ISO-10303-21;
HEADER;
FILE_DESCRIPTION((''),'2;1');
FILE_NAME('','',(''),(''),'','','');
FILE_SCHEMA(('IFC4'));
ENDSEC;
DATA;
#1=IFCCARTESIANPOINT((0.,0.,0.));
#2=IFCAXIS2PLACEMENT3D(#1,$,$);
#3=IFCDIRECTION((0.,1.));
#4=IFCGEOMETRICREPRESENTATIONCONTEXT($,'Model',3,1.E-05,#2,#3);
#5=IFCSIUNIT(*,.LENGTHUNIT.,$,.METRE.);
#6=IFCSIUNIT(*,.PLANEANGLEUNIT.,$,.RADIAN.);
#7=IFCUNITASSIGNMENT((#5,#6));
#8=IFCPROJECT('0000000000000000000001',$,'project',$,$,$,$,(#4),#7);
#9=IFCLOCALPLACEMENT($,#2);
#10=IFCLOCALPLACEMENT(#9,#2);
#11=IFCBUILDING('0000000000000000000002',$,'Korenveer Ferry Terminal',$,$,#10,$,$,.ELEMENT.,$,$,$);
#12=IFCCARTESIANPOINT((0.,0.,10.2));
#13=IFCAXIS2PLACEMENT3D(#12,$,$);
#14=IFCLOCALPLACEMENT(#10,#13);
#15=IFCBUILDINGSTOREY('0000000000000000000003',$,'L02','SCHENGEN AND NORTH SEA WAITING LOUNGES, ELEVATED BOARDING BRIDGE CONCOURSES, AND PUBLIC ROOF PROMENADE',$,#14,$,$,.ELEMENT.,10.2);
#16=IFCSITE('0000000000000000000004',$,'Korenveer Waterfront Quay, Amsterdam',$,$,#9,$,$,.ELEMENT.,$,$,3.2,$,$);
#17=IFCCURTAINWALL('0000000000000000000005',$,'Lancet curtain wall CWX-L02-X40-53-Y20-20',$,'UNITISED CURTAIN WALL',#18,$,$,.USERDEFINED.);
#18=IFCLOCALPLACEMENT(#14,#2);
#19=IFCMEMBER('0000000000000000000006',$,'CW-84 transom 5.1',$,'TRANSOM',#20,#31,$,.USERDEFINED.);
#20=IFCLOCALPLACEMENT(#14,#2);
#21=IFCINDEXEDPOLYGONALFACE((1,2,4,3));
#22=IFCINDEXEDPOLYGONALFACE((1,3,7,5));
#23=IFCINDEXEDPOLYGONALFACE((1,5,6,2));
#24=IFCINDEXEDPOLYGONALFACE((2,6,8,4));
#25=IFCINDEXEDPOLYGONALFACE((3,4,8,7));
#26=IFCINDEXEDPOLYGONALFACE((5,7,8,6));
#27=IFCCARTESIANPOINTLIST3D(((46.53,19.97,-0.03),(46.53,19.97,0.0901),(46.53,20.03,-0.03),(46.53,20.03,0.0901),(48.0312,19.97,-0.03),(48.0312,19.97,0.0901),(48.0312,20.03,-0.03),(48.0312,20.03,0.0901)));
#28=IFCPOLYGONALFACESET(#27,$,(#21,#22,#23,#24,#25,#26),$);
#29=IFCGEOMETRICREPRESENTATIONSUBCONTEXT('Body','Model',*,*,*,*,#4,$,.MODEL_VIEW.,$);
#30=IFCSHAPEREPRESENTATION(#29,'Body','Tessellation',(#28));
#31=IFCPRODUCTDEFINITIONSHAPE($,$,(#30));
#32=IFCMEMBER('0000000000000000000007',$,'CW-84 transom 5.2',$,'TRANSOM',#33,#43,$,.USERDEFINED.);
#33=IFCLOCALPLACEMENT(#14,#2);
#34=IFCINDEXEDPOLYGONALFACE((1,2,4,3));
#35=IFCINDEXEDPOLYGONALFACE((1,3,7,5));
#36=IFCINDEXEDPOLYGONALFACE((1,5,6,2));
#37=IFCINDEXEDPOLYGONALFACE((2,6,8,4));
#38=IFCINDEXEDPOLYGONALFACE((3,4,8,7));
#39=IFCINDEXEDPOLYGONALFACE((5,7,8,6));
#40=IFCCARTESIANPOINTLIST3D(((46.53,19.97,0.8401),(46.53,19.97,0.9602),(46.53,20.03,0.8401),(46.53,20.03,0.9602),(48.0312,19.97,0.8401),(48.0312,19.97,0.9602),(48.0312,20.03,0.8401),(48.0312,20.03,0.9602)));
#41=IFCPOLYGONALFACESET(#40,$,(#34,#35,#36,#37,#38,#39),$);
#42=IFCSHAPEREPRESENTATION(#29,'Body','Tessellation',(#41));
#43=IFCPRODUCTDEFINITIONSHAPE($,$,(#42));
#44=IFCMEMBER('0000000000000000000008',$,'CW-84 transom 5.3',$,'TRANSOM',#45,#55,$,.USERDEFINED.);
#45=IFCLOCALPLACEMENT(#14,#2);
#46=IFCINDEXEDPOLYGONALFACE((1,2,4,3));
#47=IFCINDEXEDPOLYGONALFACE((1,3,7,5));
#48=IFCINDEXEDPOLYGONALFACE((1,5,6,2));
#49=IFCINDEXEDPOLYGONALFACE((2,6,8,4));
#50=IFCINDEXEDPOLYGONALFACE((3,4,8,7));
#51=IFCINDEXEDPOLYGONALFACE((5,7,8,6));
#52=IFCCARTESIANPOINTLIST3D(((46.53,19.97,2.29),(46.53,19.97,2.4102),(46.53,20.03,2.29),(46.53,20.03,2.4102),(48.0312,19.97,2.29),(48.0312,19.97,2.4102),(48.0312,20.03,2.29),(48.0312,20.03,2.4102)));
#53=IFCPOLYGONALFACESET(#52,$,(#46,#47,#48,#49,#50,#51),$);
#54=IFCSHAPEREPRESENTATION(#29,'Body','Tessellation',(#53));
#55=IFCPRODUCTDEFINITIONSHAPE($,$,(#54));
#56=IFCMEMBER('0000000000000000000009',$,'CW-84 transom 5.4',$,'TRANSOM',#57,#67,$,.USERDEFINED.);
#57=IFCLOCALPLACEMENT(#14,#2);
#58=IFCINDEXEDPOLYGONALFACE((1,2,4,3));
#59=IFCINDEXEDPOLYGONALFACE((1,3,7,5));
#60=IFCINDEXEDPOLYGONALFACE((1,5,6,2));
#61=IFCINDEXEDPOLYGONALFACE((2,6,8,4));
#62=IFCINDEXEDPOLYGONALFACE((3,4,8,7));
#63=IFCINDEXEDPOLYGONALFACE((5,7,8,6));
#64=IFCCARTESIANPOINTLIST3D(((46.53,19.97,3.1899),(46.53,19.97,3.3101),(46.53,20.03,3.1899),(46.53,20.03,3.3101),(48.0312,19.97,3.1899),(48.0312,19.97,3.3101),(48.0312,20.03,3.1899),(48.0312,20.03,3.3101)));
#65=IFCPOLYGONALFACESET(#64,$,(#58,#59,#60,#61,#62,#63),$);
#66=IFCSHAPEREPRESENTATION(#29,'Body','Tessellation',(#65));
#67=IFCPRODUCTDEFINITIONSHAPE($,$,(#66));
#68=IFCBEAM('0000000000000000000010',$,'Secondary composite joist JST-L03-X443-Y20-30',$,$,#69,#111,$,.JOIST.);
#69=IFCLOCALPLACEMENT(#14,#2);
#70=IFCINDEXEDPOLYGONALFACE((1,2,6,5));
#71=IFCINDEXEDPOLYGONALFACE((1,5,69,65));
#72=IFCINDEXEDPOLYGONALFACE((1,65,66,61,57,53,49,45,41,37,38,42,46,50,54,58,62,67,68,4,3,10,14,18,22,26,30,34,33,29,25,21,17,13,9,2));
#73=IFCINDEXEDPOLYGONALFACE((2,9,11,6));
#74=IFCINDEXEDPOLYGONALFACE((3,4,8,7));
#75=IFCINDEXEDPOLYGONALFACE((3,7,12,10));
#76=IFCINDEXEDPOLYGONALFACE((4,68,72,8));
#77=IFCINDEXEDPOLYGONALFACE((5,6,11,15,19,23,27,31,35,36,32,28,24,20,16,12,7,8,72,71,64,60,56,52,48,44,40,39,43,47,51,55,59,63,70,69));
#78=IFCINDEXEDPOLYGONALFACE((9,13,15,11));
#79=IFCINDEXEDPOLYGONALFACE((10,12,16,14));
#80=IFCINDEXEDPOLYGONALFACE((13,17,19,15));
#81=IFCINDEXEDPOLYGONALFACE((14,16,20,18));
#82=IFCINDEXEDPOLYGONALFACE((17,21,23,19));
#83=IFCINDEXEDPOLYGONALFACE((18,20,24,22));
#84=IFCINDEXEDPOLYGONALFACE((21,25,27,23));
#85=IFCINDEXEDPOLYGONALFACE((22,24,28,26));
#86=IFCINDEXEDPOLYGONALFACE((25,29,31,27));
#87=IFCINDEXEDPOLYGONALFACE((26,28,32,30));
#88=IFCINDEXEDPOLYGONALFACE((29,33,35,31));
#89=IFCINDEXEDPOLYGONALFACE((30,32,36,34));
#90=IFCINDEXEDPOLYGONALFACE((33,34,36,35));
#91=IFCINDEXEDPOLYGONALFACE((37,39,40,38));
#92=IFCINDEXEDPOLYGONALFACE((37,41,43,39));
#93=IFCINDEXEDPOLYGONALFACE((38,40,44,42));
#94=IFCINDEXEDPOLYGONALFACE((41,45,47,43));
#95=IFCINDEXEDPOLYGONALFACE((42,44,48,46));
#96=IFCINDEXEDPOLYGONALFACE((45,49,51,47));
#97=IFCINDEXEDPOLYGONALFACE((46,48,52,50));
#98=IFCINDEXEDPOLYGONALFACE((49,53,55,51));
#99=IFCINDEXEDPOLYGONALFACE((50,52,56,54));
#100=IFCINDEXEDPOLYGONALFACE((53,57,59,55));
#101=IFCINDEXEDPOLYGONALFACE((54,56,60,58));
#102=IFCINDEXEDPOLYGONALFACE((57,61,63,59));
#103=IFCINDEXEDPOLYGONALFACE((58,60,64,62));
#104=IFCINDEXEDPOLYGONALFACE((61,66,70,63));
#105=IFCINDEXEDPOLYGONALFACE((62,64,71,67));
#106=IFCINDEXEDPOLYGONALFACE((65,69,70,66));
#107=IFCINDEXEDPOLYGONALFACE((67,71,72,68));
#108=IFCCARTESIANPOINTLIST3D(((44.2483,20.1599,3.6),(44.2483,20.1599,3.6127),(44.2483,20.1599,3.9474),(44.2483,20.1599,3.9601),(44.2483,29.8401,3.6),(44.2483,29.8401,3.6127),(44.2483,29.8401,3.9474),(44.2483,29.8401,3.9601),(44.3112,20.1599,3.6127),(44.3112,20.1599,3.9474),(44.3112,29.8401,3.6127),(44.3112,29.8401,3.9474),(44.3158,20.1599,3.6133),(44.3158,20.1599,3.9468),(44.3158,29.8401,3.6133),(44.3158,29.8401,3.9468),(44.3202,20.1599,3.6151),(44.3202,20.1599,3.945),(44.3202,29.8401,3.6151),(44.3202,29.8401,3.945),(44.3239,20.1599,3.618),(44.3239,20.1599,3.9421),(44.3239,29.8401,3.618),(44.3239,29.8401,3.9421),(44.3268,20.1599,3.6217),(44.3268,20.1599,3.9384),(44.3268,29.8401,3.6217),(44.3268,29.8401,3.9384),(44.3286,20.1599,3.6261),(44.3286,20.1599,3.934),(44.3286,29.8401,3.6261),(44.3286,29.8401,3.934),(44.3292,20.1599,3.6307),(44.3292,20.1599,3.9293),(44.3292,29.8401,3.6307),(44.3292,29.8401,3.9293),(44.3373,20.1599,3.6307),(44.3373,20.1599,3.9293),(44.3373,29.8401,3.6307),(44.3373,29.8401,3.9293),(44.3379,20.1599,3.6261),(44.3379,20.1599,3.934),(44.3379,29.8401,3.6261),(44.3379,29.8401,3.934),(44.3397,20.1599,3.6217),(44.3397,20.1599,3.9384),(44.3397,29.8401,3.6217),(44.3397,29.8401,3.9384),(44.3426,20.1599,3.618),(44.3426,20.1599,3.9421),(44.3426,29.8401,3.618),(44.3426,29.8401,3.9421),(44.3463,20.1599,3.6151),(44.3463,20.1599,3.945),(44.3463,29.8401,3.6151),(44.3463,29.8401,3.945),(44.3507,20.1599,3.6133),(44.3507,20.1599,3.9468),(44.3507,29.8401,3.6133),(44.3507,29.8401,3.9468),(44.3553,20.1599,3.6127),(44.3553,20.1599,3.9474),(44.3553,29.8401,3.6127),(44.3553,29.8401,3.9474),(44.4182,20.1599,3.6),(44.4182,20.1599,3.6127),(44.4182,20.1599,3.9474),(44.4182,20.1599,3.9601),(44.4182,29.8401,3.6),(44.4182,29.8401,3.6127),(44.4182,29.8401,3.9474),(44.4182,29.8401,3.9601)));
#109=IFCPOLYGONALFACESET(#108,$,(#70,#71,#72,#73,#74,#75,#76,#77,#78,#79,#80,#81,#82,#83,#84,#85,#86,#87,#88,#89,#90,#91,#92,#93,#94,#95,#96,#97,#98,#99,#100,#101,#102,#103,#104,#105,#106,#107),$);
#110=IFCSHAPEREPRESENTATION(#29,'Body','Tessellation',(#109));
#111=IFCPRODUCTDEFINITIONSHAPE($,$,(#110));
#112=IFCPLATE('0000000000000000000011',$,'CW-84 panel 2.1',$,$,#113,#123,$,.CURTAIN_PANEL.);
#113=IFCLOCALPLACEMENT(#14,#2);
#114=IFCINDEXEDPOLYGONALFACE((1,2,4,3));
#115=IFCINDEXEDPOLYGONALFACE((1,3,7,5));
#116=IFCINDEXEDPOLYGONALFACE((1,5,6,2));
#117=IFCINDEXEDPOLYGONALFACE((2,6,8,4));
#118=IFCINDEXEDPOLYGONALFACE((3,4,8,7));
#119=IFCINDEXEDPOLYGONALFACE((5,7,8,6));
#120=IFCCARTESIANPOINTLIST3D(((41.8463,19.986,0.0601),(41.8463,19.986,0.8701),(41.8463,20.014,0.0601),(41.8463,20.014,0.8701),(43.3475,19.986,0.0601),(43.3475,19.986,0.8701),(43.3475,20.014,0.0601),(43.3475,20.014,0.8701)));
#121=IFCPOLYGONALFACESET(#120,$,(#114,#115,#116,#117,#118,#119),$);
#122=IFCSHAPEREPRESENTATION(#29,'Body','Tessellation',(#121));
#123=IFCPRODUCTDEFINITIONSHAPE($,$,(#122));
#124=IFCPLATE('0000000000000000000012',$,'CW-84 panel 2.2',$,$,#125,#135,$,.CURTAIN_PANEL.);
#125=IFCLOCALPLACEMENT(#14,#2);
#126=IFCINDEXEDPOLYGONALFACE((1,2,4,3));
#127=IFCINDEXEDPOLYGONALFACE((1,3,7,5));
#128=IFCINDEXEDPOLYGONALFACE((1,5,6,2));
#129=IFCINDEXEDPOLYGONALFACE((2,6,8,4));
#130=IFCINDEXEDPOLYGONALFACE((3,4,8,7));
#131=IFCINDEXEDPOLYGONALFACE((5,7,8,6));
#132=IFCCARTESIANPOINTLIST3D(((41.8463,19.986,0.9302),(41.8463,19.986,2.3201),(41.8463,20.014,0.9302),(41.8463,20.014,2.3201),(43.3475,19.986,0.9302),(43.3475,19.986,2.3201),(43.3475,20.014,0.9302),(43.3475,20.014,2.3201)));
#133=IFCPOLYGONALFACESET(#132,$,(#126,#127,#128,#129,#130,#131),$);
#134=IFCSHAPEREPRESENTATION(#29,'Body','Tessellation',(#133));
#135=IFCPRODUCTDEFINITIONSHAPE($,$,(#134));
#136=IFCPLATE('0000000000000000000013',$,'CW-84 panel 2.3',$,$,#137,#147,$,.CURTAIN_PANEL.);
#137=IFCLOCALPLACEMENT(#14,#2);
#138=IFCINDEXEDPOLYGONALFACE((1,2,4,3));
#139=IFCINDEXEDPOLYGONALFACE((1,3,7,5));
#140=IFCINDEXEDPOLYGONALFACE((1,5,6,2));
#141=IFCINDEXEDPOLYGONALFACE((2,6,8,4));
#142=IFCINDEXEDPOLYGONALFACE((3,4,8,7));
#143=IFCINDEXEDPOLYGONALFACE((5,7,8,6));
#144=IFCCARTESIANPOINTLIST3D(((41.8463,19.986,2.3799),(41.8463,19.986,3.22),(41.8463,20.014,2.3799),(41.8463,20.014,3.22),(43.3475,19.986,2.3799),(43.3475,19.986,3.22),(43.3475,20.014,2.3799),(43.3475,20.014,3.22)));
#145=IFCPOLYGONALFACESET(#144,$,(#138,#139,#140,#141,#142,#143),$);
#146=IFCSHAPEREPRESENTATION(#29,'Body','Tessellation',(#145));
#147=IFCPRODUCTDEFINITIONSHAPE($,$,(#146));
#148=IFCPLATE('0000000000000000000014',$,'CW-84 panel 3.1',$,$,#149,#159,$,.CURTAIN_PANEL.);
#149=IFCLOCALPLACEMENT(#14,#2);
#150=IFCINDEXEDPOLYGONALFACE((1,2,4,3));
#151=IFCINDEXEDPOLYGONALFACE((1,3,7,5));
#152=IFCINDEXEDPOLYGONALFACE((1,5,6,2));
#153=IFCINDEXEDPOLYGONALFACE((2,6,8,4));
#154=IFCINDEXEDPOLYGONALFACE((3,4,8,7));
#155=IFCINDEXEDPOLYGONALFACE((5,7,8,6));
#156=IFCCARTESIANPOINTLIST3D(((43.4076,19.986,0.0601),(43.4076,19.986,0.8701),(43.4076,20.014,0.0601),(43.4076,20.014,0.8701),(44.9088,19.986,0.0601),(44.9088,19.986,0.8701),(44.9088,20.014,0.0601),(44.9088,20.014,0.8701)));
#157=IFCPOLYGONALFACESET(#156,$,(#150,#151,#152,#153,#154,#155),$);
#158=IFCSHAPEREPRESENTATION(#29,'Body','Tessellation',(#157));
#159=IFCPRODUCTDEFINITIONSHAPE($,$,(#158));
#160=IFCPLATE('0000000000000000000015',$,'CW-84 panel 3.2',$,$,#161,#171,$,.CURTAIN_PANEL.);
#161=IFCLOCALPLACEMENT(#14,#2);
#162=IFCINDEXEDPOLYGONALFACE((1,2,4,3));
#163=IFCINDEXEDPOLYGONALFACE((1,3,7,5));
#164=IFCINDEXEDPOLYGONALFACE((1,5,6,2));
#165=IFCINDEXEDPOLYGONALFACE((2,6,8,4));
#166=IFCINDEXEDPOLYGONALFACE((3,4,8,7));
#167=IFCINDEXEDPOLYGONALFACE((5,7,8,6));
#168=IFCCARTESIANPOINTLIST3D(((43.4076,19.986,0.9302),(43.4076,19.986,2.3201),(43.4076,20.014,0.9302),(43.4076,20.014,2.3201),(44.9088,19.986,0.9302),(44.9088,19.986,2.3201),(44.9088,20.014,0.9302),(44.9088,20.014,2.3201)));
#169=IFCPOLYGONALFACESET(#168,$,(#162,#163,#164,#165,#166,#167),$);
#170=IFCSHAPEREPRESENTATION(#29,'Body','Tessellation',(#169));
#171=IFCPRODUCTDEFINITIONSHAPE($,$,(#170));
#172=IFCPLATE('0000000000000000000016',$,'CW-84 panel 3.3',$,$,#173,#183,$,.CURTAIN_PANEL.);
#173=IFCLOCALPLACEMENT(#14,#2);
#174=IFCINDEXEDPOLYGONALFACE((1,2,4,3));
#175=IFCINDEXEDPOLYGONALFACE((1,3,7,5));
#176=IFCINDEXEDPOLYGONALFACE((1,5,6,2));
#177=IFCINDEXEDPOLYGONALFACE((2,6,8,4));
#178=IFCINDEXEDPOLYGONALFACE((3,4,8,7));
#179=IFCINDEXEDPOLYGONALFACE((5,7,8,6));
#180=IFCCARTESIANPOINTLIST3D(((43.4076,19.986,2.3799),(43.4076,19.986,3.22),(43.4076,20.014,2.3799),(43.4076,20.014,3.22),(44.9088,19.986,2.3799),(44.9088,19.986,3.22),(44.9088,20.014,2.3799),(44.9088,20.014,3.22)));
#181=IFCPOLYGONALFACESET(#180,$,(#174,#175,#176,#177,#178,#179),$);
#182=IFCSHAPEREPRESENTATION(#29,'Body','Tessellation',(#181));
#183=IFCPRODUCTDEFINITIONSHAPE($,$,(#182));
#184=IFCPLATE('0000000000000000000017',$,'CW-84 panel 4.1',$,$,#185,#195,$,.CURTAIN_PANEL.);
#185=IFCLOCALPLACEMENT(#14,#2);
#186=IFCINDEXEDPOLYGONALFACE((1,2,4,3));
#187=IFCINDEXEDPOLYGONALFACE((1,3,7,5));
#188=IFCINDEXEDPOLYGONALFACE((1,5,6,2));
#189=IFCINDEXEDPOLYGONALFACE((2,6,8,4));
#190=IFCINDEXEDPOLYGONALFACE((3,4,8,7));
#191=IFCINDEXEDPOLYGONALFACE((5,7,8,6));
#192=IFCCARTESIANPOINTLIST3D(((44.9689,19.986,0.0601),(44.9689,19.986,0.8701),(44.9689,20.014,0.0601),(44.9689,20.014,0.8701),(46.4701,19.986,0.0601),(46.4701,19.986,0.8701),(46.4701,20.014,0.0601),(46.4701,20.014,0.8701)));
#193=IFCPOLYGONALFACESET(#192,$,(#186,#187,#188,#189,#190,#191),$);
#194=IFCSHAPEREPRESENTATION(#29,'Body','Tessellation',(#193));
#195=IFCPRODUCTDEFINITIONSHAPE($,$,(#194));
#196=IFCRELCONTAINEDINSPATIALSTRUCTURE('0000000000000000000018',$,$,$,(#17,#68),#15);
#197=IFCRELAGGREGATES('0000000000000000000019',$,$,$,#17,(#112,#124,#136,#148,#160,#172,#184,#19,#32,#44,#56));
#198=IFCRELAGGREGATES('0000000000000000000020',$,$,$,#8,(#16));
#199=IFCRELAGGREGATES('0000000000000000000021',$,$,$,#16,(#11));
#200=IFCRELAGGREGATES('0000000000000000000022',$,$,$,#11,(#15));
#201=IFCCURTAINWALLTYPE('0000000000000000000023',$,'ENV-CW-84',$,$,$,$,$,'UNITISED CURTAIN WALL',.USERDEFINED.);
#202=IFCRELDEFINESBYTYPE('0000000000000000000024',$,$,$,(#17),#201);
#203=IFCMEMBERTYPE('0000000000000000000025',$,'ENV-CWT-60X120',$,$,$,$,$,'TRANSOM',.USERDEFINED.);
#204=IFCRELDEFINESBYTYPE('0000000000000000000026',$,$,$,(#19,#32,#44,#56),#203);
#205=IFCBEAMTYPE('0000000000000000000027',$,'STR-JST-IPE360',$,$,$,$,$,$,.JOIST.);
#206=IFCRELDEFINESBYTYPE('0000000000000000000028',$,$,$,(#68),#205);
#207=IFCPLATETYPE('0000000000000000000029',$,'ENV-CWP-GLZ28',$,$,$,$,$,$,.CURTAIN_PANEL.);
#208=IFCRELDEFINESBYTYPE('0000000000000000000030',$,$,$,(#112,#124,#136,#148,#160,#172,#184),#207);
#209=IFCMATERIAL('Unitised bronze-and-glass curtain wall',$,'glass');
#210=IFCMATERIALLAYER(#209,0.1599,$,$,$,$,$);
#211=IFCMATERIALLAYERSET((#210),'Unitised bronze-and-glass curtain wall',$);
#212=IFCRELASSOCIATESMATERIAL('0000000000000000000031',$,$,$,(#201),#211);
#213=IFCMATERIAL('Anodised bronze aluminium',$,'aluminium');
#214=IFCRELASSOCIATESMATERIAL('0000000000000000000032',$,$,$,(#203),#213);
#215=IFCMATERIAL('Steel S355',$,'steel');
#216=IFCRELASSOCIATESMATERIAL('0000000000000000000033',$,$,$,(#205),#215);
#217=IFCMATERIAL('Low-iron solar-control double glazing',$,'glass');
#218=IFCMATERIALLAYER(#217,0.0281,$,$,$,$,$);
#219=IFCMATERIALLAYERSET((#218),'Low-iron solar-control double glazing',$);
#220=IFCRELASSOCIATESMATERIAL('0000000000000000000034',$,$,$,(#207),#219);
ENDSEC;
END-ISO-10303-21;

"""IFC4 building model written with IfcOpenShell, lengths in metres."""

from ifc_helpers import new_model, si_unit, direction, frame, origin, origin_2d, place, context, subcontext, project, spatial, rectangle, i_section, extrude, material, layer, layer_set, material_profile, profile_set, type_object, element, aggregate, save


model = new_model("IFC4")

# Units and contexts
model_context = context("Model", 3, precision=1e-05, world=origin(), true_north=direction((0.0, 1.0)))
body_context = subcontext(model_context, "Body", "Model", "MODEL_VIEW")
ifc_project = project(units=[si_unit("LENGTHUNIT", "METRE"), si_unit("PLANEANGLEUNIT", "RADIAN")], contexts=[model_context])

# Site, building, storey
site_placement = place(None, origin())
site = spatial("IfcSite", under=ifc_project, at=site_placement, Name="Korenveer Waterfront Quay, Amsterdam", CompositionType="ELEMENT", RefElevation=3.2)
building_placement = place(site_placement, origin())
building = spatial("IfcBuilding", under=site, at=building_placement, Name="Korenveer Ferry Terminal", CompositionType="ELEMENT")
storey_placement = place(building_placement, frame((0.0, 0.0, 10.2)))
storey = spatial("IfcBuildingStorey", under=building, at=storey_placement, Name="L02", Description="SCHENGEN AND NORTH SEA WAITING LOUNGES, ELEVATED BOARDING BRIDGE CONCOURSES, AND PUBLIC ROOF PROMENADE", CompositionType="ELEMENT", Elevation=10.2)

# Curtain wall, members
ifc_material_1 = material(Name="Unitised bronze-and-glass curtain wall", Category="glass")
ifc_layer_1 = layer(ifc_material_1, 0.1599)
ifc_layer_set_1 = layer_set([ifc_layer_1], Name="Unitised bronze-and-glass curtain wall")
curtain_wall_type = type_object("IfcCurtainWallType", Name="ENV-CW-84", ElementType="UNITISED CURTAIN WALL", PredefinedType="USERDEFINED", material=ifc_layer_set_1)
curtain_wall_placement = place(storey_placement, frame((40.2549, 20.0, 0.0)))
curtain_wall = element("IfcCurtainWall", 1, at=curtain_wall_placement, inside=storey, type_object=curtain_wall_type, Name="Lancet curtain wall CWX-L02-X40-53-Y20-20", ObjectType="UNITISED CURTAIN WALL", PredefinedType="USERDEFINED")
ifc_material_2 = material(Name="Anodised bronze aluminium", Category="aluminium")
ifc_material_profile_1 = material_profile(ifc_material_2, rectangle(XDim=0.0601, YDim=0.1201, at=origin_2d()), Name="ALU 60x120")
ifc_profile_set_1 = profile_set([ifc_material_profile_1], Name="Anodised bronze aluminium")
member_type_1 = type_object("IfcMemberType", Name="ENV-CWT-60X120", ElementType="TRANSOM", PredefinedType="USERDEFINED", material=ifc_profile_set_1)
member_1_placement = place(storey_placement, frame((46.53, 20.0, 0.03), z_axis=(1.0, 0.0, 0.0), x_axis=(0.0, 1.0, 0.0)))
member_1 = element("IfcMember", 2, at=member_1_placement, type_object=member_type_1, Name="CW-84 transom 5.1", ObjectType="TRANSOM", PredefinedType="USERDEFINED", context=body_context, shape_type="SweptSolid", body=[
    extrude(rectangle(XDim=0.0601, YDim=0.1201, at=origin_2d()), origin(), (0.0, 0.0, 1.0), 1.5012),
])
member_2_placement = place(storey_placement, frame((46.53, 20.0, 0.9001), z_axis=(1.0, 0.0, 0.0), x_axis=(0.0, 1.0, 0.0)))
member_2 = element("IfcMember", 3, at=member_2_placement, type_object=member_type_1, Name="CW-84 transom 5.2", ObjectType="TRANSOM", PredefinedType="USERDEFINED", context=body_context, shape_type="SweptSolid", body=[
    extrude(rectangle(XDim=0.0601, YDim=0.1201, at=origin_2d()), origin(), (0.0, 0.0, 1.0), 1.5012),
])
member_3_placement = place(storey_placement, frame((46.53, 20.0, 2.3501), z_axis=(1.0, 0.0, 0.0), x_axis=(0.0, 1.0, 0.0)))
member_3 = element("IfcMember", 4, at=member_3_placement, type_object=member_type_1, Name="CW-84 transom 5.3", ObjectType="TRANSOM", PredefinedType="USERDEFINED", context=body_context, shape_type="SweptSolid", body=[
    extrude(rectangle(XDim=0.0601, YDim=0.1201, at=origin_2d()), origin(), (0.0, 0.0, 1.0), 1.5012),
])
member_4_placement = place(storey_placement, frame((46.53, 20.0, 3.25), z_axis=(1.0, 0.0, 0.0), x_axis=(0.0, 1.0, 0.0)))
member_4 = element("IfcMember", 5, at=member_4_placement, type_object=member_type_1, Name="CW-84 transom 5.4", ObjectType="TRANSOM", PredefinedType="USERDEFINED", context=body_context, shape_type="SweptSolid", body=[
    extrude(rectangle(XDim=0.0601, YDim=0.1201, at=origin_2d()), origin(), (0.0, 0.0, 1.0), 1.5012),
])

# Beam
ifc_material_3 = material(Name="Steel S355", Category="steel")
ifc_material_profile_2 = material_profile(ifc_material_3, i_section(OverallWidth=0.1699, OverallDepth=0.3601, WebThickness=0.0081, FlangeThickness=0.0127, FilletRadius=0.0181, at=origin_2d()), Name="IPE 360")
ifc_profile_set_2 = profile_set([ifc_material_profile_2], Name="Steel S355")
beam_type = type_object("IfcBeamType", Name="STR-JST-IPE360", PredefinedType="JOIST", material=ifc_profile_set_2)
beam_placement = place(storey_placement, frame((44.3333, 20.1599, 3.78), z_axis=(0.0, 1.0, 0.0), x_axis=(-1.0, 0.0, 0.0)))
element("IfcBeam", 6, at=beam_placement, inside=storey, type_object=beam_type, Name="Secondary composite joist JST-L03-X443-Y20-30", PredefinedType="JOIST", context=body_context, shape_type="SweptSolid", body=[
    extrude(i_section(OverallWidth=0.1699, OverallDepth=0.3601, WebThickness=0.0081, FlangeThickness=0.0127, FilletRadius=0.0181, at=origin_2d()), origin(), (0.0, 0.0, 1.0), 9.6802),
])

# Plates
ifc_material_4 = material(Name="Low-iron solar-control double glazing", Category="glass")
ifc_layer_2 = layer(ifc_material_4, 0.0281)
ifc_layer_set_2 = layer_set([ifc_layer_2], Name="Low-iron solar-control double glazing")
plate_type = type_object("IfcPlateType", Name="ENV-CWP-GLZ28", PredefinedType="CURTAIN_PANEL", material=ifc_layer_set_2)
plate_1_placement = place(storey_placement, frame((42.5969, 20.0, 0.0601), z_axis=(0.0, 0.0, 1.0), x_axis=(1.0, 0.0, 0.0)))
plate_1 = element("IfcPlate", 7, at=plate_1_placement, type_object=plate_type, Name="CW-84 panel 2.1", PredefinedType="CURTAIN_PANEL", context=body_context, shape_type="SweptSolid", body=[
    extrude(rectangle(XDim=1.5012, YDim=0.0281, at=origin_2d()), origin(), (0.0, 0.0, 1.0), 0.8101),
])
plate_2_placement = place(storey_placement, frame((42.5969, 20.0, 0.9302), z_axis=(0.0, 0.0, 1.0), x_axis=(1.0, 0.0, 0.0)))
plate_2 = element("IfcPlate", 8, at=plate_2_placement, type_object=plate_type, Name="CW-84 panel 2.2", PredefinedType="CURTAIN_PANEL", context=body_context, shape_type="SweptSolid", body=[
    extrude(rectangle(XDim=1.5012, YDim=0.0281, at=origin_2d()), origin(), (0.0, 0.0, 1.0), 1.3899),
])
plate_3_placement = place(storey_placement, frame((42.5969, 20.0, 2.3799), z_axis=(0.0, 0.0, 1.0), x_axis=(1.0, 0.0, 0.0)))
plate_3 = element("IfcPlate", 9, at=plate_3_placement, type_object=plate_type, Name="CW-84 panel 2.3", PredefinedType="CURTAIN_PANEL", context=body_context, shape_type="SweptSolid", body=[
    extrude(rectangle(XDim=1.5012, YDim=0.0281, at=origin_2d()), origin(), (0.0, 0.0, 1.0), 0.8401),
])
plate_4_placement = place(storey_placement, frame((44.1582, 20.0, 0.0601), z_axis=(0.0, 0.0, 1.0), x_axis=(1.0, 0.0, 0.0)))
plate_4 = element("IfcPlate", 10, at=plate_4_placement, type_object=plate_type, Name="CW-84 panel 3.1", PredefinedType="CURTAIN_PANEL", context=body_context, shape_type="SweptSolid", body=[
    extrude(rectangle(XDim=1.5012, YDim=0.0281, at=origin_2d()), origin(), (0.0, 0.0, 1.0), 0.8101),
])
plate_5_placement = place(storey_placement, frame((44.1582, 20.0, 0.9302), z_axis=(0.0, 0.0, 1.0), x_axis=(1.0, 0.0, 0.0)))
plate_5 = element("IfcPlate", 11, at=plate_5_placement, type_object=plate_type, Name="CW-84 panel 3.2", PredefinedType="CURTAIN_PANEL", context=body_context, shape_type="SweptSolid", body=[
    extrude(rectangle(XDim=1.5012, YDim=0.0281, at=origin_2d()), origin(), (0.0, 0.0, 1.0), 1.3899),
])
plate_6_placement = place(storey_placement, frame((44.1582, 20.0, 2.3799), z_axis=(0.0, 0.0, 1.0), x_axis=(1.0, 0.0, 0.0)))
plate_6 = element("IfcPlate", 12, at=plate_6_placement, type_object=plate_type, Name="CW-84 panel 3.3", PredefinedType="CURTAIN_PANEL", context=body_context, shape_type="SweptSolid", body=[
    extrude(rectangle(XDim=1.5012, YDim=0.0281, at=origin_2d()), origin(), (0.0, 0.0, 1.0), 0.8401),
])
plate_7_placement = place(storey_placement, frame((45.7195, 20.0, 0.0601), z_axis=(0.0, 0.0, 1.0), x_axis=(1.0, 0.0, 0.0)))
plate_7 = element("IfcPlate", 13, at=plate_7_placement, type_object=plate_type, Name="CW-84 panel 4.1", PredefinedType="CURTAIN_PANEL", context=body_context, shape_type="SweptSolid", body=[
    extrude(rectangle(XDim=1.5012, YDim=0.0281, at=origin_2d()), origin(), (0.0, 0.0, 1.0), 0.8101),
])
aggregate(curtain_wall, [plate_1, plate_2, plate_3, plate_4, plate_5, plate_6, plate_7, member_1, member_2, member_3, member_4])

save(model, "model.ifc")
